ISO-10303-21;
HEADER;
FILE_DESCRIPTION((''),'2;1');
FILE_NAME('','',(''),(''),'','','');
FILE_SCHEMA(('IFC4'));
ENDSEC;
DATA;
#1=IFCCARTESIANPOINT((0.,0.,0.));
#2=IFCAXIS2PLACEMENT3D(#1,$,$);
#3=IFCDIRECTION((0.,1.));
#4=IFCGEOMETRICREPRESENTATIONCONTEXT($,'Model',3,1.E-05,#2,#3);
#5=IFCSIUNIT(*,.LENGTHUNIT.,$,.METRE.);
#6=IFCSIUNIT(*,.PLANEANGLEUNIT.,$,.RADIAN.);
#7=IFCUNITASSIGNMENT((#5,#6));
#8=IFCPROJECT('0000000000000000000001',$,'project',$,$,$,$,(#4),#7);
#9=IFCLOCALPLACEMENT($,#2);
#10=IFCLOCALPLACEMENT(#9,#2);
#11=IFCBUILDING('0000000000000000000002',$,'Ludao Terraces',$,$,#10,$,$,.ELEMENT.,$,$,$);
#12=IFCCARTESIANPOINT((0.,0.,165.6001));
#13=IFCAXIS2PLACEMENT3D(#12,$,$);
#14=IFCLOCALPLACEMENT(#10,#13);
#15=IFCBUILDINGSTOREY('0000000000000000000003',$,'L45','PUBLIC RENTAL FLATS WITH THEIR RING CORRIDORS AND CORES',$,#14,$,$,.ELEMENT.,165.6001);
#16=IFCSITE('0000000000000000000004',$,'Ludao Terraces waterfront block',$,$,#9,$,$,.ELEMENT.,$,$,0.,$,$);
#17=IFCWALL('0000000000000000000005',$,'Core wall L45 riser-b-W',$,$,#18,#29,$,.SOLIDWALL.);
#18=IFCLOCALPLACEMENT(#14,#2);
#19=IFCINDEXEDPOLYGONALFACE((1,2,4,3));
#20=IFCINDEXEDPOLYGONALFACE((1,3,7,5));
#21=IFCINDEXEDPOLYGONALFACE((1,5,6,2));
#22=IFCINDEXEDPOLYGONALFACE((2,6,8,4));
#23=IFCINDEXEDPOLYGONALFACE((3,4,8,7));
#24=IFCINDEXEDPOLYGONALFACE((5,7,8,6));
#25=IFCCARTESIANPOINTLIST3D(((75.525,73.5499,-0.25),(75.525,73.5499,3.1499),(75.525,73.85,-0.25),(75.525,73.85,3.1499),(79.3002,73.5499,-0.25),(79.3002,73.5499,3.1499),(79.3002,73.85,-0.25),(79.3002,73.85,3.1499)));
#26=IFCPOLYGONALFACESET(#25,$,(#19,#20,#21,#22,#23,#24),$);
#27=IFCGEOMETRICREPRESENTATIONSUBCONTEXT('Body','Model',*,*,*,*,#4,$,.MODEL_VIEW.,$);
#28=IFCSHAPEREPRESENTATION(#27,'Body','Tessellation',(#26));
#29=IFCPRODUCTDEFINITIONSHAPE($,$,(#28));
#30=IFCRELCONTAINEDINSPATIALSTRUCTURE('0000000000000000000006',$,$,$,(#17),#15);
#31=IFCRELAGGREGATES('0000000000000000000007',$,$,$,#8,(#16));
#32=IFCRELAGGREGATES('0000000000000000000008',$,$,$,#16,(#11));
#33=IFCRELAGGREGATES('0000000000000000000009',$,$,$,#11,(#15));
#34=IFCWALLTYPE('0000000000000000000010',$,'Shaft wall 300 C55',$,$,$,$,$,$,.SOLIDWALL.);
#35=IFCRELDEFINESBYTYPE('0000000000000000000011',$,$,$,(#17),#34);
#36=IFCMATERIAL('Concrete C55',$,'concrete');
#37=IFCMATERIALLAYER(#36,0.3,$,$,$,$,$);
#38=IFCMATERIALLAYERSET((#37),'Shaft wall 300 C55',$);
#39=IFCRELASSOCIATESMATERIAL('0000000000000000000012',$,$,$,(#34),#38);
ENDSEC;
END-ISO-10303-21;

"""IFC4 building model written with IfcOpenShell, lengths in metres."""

from ifc_helpers import new_model, si_unit, direction, frame, frame_2d, origin, place, context, subcontext, project, spatial, rectangle, extrude, material, layer, layer_set, type_object, element, save


model = new_model("IFC4")

# Units and contexts
model_context = context("Model", 3, precision=1e-05, world=origin(), true_north=direction((0.0, 1.0)))
body_context = subcontext(model_context, "Body", "Model", "MODEL_VIEW")
ifc_project = project(units=[si_unit("LENGTHUNIT", "METRE"), si_unit("PLANEANGLEUNIT", "RADIAN")], contexts=[model_context])

# Site, building, storey
site_placement = place(None, origin())
site = spatial("IfcSite", under=ifc_project, at=site_placement, Name="Ludao Terraces waterfront block", CompositionType="ELEMENT", RefElevation=0.0)
building_placement = place(site_placement, origin())
building = spatial("IfcBuilding", under=site, at=building_placement, Name="Ludao Terraces", CompositionType="ELEMENT")
storey_placement = place(building_placement, frame((0.0, 0.0, 165.6001)))
storey = spatial("IfcBuildingStorey", under=building, at=storey_placement, Name="L45", Description="PUBLIC RENTAL FLATS WITH THEIR RING CORRIDORS AND CORES", CompositionType="ELEMENT", Elevation=165.6001)

# Shared definitions
ifc_material_1 = material(Name="Concrete C55", Category="concrete")
ifc_layer_1 = layer(ifc_material_1, 0.3)
ifc_layer_set_1 = layer_set([ifc_layer_1], Name="Shaft wall 300 C55")
wall_type_1 = type_object("IfcWallType", Name="Shaft wall 300 C55", PredefinedType="SOLIDWALL", material=ifc_layer_set_1)

# Wall
for number, where, z_axis, x_axis, name in (
    (1, (75.5249, 73.7, -0.25), (0.0, 0.0, 1.0), (1.0, 0.0, 0.0), "Core wall L45 riser-b-W"),
):
    element("IfcWall", number, at=place(storey_placement, frame(where, z_axis=z_axis, x_axis=x_axis)), inside=storey, type_object=wall_type_1, Name=name, PredefinedType="SOLIDWALL", context=body_context, shape_type="SweptSolid", body=[
        extrude(rectangle(XDim=3.7751, YDim=0.3, at=frame_2d((1.8877, 0.0))), origin(), (0.0, 0.0, 1.0), 3.3999),
    ])

save(model, "model.ifc")
